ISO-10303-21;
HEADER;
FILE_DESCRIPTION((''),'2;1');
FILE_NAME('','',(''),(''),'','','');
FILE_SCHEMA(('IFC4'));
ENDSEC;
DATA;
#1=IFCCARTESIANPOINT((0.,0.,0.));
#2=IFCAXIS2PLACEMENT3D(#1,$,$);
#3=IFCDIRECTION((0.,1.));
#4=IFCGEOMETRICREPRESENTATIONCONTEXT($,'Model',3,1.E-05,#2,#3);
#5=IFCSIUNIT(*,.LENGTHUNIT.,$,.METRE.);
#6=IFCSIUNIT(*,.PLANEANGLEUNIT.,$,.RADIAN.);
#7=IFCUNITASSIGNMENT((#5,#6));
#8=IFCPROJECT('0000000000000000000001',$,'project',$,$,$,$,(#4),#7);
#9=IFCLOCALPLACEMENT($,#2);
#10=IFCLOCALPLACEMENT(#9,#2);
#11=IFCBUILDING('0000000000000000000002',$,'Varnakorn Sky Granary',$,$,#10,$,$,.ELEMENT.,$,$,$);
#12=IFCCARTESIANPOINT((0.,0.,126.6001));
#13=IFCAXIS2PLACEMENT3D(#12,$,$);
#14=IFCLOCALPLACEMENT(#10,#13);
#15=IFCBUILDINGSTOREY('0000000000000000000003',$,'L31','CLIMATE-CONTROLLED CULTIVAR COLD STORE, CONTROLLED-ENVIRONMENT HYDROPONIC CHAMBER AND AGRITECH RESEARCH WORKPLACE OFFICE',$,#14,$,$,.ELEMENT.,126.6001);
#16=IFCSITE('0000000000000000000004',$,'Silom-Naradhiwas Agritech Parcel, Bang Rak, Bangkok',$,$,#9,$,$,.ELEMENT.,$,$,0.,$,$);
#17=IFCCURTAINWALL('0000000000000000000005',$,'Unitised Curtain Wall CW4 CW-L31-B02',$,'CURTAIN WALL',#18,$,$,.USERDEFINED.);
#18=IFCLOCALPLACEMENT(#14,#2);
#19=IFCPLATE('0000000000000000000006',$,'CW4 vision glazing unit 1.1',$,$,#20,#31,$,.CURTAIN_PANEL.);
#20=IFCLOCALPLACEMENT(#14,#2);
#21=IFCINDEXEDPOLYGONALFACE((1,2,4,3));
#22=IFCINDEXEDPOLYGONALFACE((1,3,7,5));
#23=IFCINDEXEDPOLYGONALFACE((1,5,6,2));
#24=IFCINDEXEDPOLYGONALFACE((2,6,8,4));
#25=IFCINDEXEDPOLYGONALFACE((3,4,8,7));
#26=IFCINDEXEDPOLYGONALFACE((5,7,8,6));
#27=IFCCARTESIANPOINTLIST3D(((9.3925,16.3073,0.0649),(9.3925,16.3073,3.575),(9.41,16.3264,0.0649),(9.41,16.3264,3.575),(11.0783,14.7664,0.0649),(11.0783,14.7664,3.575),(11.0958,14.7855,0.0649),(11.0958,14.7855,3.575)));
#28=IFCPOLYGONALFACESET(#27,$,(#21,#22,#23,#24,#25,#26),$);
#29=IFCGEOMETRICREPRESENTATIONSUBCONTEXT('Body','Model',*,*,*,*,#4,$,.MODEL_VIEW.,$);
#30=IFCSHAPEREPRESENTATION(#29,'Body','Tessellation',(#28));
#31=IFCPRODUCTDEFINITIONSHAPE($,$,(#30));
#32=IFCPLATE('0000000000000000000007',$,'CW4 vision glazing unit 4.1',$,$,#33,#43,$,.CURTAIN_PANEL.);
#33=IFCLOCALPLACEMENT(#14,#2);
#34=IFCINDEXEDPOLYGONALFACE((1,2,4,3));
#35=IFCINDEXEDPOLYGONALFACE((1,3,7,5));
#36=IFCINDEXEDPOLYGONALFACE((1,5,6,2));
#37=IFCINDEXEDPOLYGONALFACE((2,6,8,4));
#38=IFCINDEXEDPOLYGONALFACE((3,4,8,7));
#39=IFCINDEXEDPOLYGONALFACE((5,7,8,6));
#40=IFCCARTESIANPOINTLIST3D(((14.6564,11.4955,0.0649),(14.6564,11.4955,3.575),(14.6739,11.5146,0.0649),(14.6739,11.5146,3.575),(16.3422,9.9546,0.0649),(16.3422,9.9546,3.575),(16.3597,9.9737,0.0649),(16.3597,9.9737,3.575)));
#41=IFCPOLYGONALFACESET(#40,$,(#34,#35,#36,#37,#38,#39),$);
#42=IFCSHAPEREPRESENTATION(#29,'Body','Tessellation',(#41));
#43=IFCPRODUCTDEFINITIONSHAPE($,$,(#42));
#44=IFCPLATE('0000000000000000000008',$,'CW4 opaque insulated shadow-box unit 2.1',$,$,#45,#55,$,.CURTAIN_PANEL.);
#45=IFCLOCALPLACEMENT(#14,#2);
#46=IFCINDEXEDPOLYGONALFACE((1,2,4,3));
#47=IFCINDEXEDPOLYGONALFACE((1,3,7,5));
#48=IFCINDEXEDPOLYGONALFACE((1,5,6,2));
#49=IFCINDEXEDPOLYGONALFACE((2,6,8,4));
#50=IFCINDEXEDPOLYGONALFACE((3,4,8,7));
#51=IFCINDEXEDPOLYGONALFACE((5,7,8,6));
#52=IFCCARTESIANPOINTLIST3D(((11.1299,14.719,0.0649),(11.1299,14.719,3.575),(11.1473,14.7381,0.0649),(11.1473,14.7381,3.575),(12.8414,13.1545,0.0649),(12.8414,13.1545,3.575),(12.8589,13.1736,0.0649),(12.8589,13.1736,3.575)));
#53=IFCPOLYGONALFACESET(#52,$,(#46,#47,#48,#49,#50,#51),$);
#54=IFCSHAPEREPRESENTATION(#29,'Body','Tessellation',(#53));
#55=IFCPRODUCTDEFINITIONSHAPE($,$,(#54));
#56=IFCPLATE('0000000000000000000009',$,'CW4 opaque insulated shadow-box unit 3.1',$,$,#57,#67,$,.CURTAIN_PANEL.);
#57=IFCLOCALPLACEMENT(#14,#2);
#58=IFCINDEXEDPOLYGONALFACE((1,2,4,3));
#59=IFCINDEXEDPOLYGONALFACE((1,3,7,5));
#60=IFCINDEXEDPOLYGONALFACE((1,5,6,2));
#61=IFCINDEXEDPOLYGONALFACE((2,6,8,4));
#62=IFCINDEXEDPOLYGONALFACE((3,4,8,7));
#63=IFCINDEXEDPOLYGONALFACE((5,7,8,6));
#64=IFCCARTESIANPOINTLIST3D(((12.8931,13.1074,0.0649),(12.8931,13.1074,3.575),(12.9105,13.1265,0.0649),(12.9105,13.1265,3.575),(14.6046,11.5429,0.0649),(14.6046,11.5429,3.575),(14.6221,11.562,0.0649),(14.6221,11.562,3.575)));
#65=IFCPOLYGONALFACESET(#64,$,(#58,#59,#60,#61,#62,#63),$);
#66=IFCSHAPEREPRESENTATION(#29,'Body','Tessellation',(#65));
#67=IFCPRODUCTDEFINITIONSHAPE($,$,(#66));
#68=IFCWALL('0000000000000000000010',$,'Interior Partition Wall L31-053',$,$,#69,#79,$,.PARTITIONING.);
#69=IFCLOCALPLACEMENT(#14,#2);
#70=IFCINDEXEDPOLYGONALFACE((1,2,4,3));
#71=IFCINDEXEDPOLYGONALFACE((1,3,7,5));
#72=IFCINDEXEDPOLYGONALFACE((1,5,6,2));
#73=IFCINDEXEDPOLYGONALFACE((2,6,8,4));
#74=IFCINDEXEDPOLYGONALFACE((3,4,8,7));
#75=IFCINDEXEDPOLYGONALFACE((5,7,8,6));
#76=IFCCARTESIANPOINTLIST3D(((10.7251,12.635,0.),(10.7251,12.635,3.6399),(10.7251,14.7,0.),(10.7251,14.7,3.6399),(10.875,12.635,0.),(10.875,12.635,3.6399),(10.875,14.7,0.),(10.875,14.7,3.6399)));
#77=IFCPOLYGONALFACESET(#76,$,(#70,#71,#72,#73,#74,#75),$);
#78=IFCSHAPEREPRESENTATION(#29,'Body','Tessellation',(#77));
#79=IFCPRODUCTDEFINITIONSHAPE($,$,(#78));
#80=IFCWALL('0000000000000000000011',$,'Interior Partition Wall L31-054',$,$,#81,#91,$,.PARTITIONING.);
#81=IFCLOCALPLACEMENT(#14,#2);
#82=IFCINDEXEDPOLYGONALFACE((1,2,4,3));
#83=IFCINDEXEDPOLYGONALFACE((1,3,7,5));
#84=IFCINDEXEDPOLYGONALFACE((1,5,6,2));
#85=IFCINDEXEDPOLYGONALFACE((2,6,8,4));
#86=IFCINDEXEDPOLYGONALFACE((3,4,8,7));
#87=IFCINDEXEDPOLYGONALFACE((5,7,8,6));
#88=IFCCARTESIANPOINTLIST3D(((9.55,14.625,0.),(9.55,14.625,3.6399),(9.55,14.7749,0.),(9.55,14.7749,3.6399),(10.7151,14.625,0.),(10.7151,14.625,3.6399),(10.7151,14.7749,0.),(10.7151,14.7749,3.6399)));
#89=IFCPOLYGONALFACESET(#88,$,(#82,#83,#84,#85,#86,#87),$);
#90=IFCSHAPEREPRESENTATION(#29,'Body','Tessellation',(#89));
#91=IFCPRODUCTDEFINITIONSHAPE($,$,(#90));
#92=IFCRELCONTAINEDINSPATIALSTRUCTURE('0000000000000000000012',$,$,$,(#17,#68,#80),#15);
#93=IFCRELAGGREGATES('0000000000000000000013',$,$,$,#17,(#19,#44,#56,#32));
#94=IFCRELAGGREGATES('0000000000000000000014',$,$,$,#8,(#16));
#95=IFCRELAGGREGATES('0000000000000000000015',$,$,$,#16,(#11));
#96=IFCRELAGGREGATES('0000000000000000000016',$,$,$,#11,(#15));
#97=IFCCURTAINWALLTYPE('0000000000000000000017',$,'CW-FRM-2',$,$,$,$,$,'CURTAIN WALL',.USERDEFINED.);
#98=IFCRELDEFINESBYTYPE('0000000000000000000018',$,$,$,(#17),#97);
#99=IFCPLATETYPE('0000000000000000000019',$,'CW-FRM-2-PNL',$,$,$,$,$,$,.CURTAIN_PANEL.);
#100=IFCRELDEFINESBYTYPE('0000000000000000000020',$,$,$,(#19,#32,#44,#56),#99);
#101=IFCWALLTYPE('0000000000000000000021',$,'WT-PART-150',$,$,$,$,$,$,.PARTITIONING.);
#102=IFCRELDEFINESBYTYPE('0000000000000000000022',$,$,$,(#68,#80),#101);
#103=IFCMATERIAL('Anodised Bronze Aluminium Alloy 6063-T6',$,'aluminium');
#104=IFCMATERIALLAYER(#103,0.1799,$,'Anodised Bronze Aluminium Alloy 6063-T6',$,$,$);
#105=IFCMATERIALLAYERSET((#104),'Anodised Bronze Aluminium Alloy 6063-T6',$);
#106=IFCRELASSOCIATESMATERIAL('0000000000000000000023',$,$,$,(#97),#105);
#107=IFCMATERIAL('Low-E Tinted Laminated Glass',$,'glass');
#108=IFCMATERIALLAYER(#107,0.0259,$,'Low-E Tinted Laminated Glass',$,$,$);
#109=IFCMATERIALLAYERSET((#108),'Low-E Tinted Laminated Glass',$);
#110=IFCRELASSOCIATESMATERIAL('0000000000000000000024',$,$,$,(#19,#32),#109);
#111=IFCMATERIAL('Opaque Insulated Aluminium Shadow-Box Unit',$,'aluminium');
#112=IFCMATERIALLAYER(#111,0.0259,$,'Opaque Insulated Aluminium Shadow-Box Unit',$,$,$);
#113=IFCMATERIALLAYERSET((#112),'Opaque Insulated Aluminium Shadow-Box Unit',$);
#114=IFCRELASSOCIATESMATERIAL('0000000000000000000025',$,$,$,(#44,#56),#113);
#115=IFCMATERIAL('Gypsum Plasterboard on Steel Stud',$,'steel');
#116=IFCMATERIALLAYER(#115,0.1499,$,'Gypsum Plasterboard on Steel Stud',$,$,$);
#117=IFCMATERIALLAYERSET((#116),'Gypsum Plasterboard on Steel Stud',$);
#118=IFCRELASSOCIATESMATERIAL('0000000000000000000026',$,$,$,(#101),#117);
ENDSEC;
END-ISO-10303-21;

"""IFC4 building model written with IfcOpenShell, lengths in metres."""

from ifc_helpers import new_model, si_unit, direction, frame, frame_2d, origin, origin_2d, place, context, subcontext, project, spatial, rectangle, extrude, source, transform, mapped, material, layer, layer_set, type_object, type_shapes, element, aggregate, save


model = new_model("IFC4")

# Units and contexts
model_context = context("Model", 3, precision=1e-05, world=origin(), true_north=direction((0.0, 1.0)))
body_context = subcontext(model_context, "Body", "Model", "MODEL_VIEW")
ifc_project = project(units=[si_unit("LENGTHUNIT", "METRE"), si_unit("PLANEANGLEUNIT", "RADIAN")], contexts=[model_context])

# Site, building, storey
site_placement = place(None, origin())
site = spatial("IfcSite", under=ifc_project, at=site_placement, Name="Silom-Naradhiwas Agritech Parcel, Bang Rak, Bangkok", CompositionType="ELEMENT", RefElevation=0.0)
building_placement = place(site_placement, origin())
building = spatial("IfcBuilding", under=site, at=building_placement, Name="Varnakorn Sky Granary", CompositionType="ELEMENT")
storey_placement = place(building_placement, frame((0.0, 0.0, 126.6001)))
storey = spatial("IfcBuildingStorey", under=building, at=storey_placement, Name="L31", Description="CLIMATE-CONTROLLED CULTIVAR COLD STORE, CONTROLLED-ENVIRONMENT HYDROPONIC CHAMBER AND AGRITECH RESEARCH WORKPLACE OFFICE", CompositionType="ELEMENT", Elevation=126.6001)

# Shared definitions
ifc_material_1 = material(Name="Anodised Bronze Aluminium Alloy 6063-T6", Category="aluminium")
ifc_layer_1 = layer(ifc_material_1, 0.1799, Name="Anodised Bronze Aluminium Alloy 6063-T6")
ifc_layer_set_1 = layer_set([ifc_layer_1], Name="Anodised Bronze Aluminium Alloy 6063-T6")
curtain_wall_type = type_object("IfcCurtainWallType", Name="CW-FRM-2", ElementType="CURTAIN WALL", PredefinedType="USERDEFINED", material=ifc_layer_set_1)

# Curtain wall
curtain_wall_1_placement = place(storey_placement, origin())
curtain_wall_1 = element("IfcCurtainWall", 1, at=curtain_wall_1_placement, inside=storey, type_object=curtain_wall_type, Name="Unitised Curtain Wall CW4 CW-L31-B02", ObjectType="CURTAIN WALL", PredefinedType="USERDEFINED")

# Plates
ifc_material_2 = material(Name="Low-E Tinted Laminated Glass", Category="glass")
ifc_layer_2 = layer(ifc_material_2, 0.0259, Name="Low-E Tinted Laminated Glass")
ifc_layer_set_2 = layer_set([ifc_layer_2], Name="Low-E Tinted Laminated Glass")
plate_type = type_object("IfcPlateType", Name="CW-FRM-2-PNL", PredefinedType="CURTAIN_PANEL")
shared_shape_1 = source(origin(), body_context, "Body", "SweptSolid", [
    extrude(rectangle(XDim=2.2839, YDim=0.0259, at=origin_2d()), origin(), (0.0, 0.0, 1.0), 3.51),
])
plate_1_placement = place(storey_placement, frame((10.2441, 15.5464, 0.0649), z_axis=(0.0, 0.0, 1.0), x_axis=(0.73811, -0.674681, 0.0)))
plate_1 = element("IfcPlate", 2, at=plate_1_placement, type_object=plate_type, material=ifc_layer_set_2, Name="CW4 vision glazing unit 1.1", PredefinedType="CURTAIN_PANEL", context=body_context, shape_type="MappedRepresentation", body=[
    mapped(shared_shape_1, transform((0.0, 0.0, 0.0), x_axis=(1.0, 0.0, 0.0), y_axis=(0.0, 1.0, 0.0), z_axis=(0.0, 0.0, 1.0), scale=1.0)),
])
plate_2_placement = place(storey_placement, frame((15.5081, 10.7346, 0.0649), z_axis=(0.0, 0.0, 1.0), x_axis=(0.73811, -0.674681, 0.0)))
plate_2 = element("IfcPlate", 3, at=plate_2_placement, type_object=plate_type, material=ifc_layer_set_2, Name="CW4 vision glazing unit 4.1", PredefinedType="CURTAIN_PANEL", context=body_context, shape_type="MappedRepresentation", body=[
    mapped(shared_shape_1, transform((0.0, 0.0, 0.0), x_axis=(1.0, 0.0, 0.0), y_axis=(0.0, 1.0, 0.0), z_axis=(0.0, 0.0, 1.0), scale=1.0)),
])
ifc_material_3 = material(Name="Opaque Insulated Aluminium Shadow-Box Unit", Category="aluminium")
ifc_layer_3 = layer(ifc_material_3, 0.0259, Name="Opaque Insulated Aluminium Shadow-Box Unit")
ifc_layer_set_3 = layer_set([ifc_layer_3], Name="Opaque Insulated Aluminium Shadow-Box Unit")
shared_shape_2 = source(origin(), body_context, "Body", "SweptSolid", [
    extrude(rectangle(XDim=2.3188, YDim=0.0259, at=origin_2d()), origin(), (0.0, 0.0, 1.0), 3.51),
])
type_shapes(plate_type, [shared_shape_1, shared_shape_2])
plate_3_placement = place(storey_placement, frame((11.9944, 13.9463, 0.0649), z_axis=(0.0, 0.0, 1.0), x_axis=(0.73811, -0.674681, 0.0)))
plate_3 = element("IfcPlate", 4, at=plate_3_placement, type_object=plate_type, material=ifc_layer_set_3, Name="CW4 opaque insulated shadow-box unit 2.1", PredefinedType="CURTAIN_PANEL", context=body_context, shape_type="MappedRepresentation", body=[
    mapped(shared_shape_2, transform((0.0, 0.0, 0.0), x_axis=(1.0, 0.0, 0.0), y_axis=(0.0, 1.0, 0.0), z_axis=(0.0, 0.0, 1.0), scale=1.0)),
])
plate_4_placement = place(storey_placement, frame((13.7576, 12.3347, 0.0649), z_axis=(0.0, 0.0, 1.0), x_axis=(0.73811, -0.674681, 0.0)))
plate_4 = element("IfcPlate", 5, at=plate_4_placement, type_object=plate_type, material=ifc_layer_set_3, Name="CW4 opaque insulated shadow-box unit 3.1", PredefinedType="CURTAIN_PANEL", context=body_context, shape_type="MappedRepresentation", body=[
    mapped(shared_shape_2, transform((0.0, 0.0, 0.0), x_axis=(1.0, 0.0, 0.0), y_axis=(0.0, 1.0, 0.0), z_axis=(0.0, 0.0, 1.0), scale=1.0)),
])
aggregate(curtain_wall_1, [plate_1, plate_3, plate_4, plate_2])

# Walls
ifc_material_4 = material(Name="Gypsum Plasterboard on Steel Stud", Category="steel")
ifc_layer_4 = layer(ifc_material_4, 0.1499, Name="Gypsum Plasterboard on Steel Stud")
ifc_layer_set_4 = layer_set([ifc_layer_4], Name="Gypsum Plasterboard on Steel Stud")
wall_type = type_object("IfcWallType", Name="WT-PART-150", PredefinedType="PARTITIONING", material=ifc_layer_set_4)
wall_1_placement = place(storey_placement, frame((10.8, 12.635, 0.0), z_axis=(0.0, 0.0, 1.0), x_axis=(0.0, 1.0, 0.0)))
element("IfcWall", 6, at=wall_1_placement, inside=storey, type_object=wall_type, Name="Interior Partition Wall L31-053", PredefinedType="PARTITIONING", context=body_context, shape_type="SweptSolid", body=[
    extrude(rectangle(XDim=2.0649, YDim=0.1499, at=frame_2d((1.0325, 0.0))), origin(), (0.0, 0.0, 1.0), 3.6399),
])
wall_2_placement = place(storey_placement, frame((10.7151, 14.7, 0.0), z_axis=(0.0, 0.0, 1.0), x_axis=(-1.0, 0.0, 0.0)))
element("IfcWall", 7, at=wall_2_placement, inside=storey, type_object=wall_type, Name="Interior Partition Wall L31-054", PredefinedType="PARTITIONING", context=body_context, shape_type="SweptSolid", body=[
    extrude(rectangle(XDim=1.165, YDim=0.1499, at=frame_2d((0.5825, 0.0))), origin(), (0.0, 0.0, 1.0), 3.6399),
])

save(model, "model.ifc")
